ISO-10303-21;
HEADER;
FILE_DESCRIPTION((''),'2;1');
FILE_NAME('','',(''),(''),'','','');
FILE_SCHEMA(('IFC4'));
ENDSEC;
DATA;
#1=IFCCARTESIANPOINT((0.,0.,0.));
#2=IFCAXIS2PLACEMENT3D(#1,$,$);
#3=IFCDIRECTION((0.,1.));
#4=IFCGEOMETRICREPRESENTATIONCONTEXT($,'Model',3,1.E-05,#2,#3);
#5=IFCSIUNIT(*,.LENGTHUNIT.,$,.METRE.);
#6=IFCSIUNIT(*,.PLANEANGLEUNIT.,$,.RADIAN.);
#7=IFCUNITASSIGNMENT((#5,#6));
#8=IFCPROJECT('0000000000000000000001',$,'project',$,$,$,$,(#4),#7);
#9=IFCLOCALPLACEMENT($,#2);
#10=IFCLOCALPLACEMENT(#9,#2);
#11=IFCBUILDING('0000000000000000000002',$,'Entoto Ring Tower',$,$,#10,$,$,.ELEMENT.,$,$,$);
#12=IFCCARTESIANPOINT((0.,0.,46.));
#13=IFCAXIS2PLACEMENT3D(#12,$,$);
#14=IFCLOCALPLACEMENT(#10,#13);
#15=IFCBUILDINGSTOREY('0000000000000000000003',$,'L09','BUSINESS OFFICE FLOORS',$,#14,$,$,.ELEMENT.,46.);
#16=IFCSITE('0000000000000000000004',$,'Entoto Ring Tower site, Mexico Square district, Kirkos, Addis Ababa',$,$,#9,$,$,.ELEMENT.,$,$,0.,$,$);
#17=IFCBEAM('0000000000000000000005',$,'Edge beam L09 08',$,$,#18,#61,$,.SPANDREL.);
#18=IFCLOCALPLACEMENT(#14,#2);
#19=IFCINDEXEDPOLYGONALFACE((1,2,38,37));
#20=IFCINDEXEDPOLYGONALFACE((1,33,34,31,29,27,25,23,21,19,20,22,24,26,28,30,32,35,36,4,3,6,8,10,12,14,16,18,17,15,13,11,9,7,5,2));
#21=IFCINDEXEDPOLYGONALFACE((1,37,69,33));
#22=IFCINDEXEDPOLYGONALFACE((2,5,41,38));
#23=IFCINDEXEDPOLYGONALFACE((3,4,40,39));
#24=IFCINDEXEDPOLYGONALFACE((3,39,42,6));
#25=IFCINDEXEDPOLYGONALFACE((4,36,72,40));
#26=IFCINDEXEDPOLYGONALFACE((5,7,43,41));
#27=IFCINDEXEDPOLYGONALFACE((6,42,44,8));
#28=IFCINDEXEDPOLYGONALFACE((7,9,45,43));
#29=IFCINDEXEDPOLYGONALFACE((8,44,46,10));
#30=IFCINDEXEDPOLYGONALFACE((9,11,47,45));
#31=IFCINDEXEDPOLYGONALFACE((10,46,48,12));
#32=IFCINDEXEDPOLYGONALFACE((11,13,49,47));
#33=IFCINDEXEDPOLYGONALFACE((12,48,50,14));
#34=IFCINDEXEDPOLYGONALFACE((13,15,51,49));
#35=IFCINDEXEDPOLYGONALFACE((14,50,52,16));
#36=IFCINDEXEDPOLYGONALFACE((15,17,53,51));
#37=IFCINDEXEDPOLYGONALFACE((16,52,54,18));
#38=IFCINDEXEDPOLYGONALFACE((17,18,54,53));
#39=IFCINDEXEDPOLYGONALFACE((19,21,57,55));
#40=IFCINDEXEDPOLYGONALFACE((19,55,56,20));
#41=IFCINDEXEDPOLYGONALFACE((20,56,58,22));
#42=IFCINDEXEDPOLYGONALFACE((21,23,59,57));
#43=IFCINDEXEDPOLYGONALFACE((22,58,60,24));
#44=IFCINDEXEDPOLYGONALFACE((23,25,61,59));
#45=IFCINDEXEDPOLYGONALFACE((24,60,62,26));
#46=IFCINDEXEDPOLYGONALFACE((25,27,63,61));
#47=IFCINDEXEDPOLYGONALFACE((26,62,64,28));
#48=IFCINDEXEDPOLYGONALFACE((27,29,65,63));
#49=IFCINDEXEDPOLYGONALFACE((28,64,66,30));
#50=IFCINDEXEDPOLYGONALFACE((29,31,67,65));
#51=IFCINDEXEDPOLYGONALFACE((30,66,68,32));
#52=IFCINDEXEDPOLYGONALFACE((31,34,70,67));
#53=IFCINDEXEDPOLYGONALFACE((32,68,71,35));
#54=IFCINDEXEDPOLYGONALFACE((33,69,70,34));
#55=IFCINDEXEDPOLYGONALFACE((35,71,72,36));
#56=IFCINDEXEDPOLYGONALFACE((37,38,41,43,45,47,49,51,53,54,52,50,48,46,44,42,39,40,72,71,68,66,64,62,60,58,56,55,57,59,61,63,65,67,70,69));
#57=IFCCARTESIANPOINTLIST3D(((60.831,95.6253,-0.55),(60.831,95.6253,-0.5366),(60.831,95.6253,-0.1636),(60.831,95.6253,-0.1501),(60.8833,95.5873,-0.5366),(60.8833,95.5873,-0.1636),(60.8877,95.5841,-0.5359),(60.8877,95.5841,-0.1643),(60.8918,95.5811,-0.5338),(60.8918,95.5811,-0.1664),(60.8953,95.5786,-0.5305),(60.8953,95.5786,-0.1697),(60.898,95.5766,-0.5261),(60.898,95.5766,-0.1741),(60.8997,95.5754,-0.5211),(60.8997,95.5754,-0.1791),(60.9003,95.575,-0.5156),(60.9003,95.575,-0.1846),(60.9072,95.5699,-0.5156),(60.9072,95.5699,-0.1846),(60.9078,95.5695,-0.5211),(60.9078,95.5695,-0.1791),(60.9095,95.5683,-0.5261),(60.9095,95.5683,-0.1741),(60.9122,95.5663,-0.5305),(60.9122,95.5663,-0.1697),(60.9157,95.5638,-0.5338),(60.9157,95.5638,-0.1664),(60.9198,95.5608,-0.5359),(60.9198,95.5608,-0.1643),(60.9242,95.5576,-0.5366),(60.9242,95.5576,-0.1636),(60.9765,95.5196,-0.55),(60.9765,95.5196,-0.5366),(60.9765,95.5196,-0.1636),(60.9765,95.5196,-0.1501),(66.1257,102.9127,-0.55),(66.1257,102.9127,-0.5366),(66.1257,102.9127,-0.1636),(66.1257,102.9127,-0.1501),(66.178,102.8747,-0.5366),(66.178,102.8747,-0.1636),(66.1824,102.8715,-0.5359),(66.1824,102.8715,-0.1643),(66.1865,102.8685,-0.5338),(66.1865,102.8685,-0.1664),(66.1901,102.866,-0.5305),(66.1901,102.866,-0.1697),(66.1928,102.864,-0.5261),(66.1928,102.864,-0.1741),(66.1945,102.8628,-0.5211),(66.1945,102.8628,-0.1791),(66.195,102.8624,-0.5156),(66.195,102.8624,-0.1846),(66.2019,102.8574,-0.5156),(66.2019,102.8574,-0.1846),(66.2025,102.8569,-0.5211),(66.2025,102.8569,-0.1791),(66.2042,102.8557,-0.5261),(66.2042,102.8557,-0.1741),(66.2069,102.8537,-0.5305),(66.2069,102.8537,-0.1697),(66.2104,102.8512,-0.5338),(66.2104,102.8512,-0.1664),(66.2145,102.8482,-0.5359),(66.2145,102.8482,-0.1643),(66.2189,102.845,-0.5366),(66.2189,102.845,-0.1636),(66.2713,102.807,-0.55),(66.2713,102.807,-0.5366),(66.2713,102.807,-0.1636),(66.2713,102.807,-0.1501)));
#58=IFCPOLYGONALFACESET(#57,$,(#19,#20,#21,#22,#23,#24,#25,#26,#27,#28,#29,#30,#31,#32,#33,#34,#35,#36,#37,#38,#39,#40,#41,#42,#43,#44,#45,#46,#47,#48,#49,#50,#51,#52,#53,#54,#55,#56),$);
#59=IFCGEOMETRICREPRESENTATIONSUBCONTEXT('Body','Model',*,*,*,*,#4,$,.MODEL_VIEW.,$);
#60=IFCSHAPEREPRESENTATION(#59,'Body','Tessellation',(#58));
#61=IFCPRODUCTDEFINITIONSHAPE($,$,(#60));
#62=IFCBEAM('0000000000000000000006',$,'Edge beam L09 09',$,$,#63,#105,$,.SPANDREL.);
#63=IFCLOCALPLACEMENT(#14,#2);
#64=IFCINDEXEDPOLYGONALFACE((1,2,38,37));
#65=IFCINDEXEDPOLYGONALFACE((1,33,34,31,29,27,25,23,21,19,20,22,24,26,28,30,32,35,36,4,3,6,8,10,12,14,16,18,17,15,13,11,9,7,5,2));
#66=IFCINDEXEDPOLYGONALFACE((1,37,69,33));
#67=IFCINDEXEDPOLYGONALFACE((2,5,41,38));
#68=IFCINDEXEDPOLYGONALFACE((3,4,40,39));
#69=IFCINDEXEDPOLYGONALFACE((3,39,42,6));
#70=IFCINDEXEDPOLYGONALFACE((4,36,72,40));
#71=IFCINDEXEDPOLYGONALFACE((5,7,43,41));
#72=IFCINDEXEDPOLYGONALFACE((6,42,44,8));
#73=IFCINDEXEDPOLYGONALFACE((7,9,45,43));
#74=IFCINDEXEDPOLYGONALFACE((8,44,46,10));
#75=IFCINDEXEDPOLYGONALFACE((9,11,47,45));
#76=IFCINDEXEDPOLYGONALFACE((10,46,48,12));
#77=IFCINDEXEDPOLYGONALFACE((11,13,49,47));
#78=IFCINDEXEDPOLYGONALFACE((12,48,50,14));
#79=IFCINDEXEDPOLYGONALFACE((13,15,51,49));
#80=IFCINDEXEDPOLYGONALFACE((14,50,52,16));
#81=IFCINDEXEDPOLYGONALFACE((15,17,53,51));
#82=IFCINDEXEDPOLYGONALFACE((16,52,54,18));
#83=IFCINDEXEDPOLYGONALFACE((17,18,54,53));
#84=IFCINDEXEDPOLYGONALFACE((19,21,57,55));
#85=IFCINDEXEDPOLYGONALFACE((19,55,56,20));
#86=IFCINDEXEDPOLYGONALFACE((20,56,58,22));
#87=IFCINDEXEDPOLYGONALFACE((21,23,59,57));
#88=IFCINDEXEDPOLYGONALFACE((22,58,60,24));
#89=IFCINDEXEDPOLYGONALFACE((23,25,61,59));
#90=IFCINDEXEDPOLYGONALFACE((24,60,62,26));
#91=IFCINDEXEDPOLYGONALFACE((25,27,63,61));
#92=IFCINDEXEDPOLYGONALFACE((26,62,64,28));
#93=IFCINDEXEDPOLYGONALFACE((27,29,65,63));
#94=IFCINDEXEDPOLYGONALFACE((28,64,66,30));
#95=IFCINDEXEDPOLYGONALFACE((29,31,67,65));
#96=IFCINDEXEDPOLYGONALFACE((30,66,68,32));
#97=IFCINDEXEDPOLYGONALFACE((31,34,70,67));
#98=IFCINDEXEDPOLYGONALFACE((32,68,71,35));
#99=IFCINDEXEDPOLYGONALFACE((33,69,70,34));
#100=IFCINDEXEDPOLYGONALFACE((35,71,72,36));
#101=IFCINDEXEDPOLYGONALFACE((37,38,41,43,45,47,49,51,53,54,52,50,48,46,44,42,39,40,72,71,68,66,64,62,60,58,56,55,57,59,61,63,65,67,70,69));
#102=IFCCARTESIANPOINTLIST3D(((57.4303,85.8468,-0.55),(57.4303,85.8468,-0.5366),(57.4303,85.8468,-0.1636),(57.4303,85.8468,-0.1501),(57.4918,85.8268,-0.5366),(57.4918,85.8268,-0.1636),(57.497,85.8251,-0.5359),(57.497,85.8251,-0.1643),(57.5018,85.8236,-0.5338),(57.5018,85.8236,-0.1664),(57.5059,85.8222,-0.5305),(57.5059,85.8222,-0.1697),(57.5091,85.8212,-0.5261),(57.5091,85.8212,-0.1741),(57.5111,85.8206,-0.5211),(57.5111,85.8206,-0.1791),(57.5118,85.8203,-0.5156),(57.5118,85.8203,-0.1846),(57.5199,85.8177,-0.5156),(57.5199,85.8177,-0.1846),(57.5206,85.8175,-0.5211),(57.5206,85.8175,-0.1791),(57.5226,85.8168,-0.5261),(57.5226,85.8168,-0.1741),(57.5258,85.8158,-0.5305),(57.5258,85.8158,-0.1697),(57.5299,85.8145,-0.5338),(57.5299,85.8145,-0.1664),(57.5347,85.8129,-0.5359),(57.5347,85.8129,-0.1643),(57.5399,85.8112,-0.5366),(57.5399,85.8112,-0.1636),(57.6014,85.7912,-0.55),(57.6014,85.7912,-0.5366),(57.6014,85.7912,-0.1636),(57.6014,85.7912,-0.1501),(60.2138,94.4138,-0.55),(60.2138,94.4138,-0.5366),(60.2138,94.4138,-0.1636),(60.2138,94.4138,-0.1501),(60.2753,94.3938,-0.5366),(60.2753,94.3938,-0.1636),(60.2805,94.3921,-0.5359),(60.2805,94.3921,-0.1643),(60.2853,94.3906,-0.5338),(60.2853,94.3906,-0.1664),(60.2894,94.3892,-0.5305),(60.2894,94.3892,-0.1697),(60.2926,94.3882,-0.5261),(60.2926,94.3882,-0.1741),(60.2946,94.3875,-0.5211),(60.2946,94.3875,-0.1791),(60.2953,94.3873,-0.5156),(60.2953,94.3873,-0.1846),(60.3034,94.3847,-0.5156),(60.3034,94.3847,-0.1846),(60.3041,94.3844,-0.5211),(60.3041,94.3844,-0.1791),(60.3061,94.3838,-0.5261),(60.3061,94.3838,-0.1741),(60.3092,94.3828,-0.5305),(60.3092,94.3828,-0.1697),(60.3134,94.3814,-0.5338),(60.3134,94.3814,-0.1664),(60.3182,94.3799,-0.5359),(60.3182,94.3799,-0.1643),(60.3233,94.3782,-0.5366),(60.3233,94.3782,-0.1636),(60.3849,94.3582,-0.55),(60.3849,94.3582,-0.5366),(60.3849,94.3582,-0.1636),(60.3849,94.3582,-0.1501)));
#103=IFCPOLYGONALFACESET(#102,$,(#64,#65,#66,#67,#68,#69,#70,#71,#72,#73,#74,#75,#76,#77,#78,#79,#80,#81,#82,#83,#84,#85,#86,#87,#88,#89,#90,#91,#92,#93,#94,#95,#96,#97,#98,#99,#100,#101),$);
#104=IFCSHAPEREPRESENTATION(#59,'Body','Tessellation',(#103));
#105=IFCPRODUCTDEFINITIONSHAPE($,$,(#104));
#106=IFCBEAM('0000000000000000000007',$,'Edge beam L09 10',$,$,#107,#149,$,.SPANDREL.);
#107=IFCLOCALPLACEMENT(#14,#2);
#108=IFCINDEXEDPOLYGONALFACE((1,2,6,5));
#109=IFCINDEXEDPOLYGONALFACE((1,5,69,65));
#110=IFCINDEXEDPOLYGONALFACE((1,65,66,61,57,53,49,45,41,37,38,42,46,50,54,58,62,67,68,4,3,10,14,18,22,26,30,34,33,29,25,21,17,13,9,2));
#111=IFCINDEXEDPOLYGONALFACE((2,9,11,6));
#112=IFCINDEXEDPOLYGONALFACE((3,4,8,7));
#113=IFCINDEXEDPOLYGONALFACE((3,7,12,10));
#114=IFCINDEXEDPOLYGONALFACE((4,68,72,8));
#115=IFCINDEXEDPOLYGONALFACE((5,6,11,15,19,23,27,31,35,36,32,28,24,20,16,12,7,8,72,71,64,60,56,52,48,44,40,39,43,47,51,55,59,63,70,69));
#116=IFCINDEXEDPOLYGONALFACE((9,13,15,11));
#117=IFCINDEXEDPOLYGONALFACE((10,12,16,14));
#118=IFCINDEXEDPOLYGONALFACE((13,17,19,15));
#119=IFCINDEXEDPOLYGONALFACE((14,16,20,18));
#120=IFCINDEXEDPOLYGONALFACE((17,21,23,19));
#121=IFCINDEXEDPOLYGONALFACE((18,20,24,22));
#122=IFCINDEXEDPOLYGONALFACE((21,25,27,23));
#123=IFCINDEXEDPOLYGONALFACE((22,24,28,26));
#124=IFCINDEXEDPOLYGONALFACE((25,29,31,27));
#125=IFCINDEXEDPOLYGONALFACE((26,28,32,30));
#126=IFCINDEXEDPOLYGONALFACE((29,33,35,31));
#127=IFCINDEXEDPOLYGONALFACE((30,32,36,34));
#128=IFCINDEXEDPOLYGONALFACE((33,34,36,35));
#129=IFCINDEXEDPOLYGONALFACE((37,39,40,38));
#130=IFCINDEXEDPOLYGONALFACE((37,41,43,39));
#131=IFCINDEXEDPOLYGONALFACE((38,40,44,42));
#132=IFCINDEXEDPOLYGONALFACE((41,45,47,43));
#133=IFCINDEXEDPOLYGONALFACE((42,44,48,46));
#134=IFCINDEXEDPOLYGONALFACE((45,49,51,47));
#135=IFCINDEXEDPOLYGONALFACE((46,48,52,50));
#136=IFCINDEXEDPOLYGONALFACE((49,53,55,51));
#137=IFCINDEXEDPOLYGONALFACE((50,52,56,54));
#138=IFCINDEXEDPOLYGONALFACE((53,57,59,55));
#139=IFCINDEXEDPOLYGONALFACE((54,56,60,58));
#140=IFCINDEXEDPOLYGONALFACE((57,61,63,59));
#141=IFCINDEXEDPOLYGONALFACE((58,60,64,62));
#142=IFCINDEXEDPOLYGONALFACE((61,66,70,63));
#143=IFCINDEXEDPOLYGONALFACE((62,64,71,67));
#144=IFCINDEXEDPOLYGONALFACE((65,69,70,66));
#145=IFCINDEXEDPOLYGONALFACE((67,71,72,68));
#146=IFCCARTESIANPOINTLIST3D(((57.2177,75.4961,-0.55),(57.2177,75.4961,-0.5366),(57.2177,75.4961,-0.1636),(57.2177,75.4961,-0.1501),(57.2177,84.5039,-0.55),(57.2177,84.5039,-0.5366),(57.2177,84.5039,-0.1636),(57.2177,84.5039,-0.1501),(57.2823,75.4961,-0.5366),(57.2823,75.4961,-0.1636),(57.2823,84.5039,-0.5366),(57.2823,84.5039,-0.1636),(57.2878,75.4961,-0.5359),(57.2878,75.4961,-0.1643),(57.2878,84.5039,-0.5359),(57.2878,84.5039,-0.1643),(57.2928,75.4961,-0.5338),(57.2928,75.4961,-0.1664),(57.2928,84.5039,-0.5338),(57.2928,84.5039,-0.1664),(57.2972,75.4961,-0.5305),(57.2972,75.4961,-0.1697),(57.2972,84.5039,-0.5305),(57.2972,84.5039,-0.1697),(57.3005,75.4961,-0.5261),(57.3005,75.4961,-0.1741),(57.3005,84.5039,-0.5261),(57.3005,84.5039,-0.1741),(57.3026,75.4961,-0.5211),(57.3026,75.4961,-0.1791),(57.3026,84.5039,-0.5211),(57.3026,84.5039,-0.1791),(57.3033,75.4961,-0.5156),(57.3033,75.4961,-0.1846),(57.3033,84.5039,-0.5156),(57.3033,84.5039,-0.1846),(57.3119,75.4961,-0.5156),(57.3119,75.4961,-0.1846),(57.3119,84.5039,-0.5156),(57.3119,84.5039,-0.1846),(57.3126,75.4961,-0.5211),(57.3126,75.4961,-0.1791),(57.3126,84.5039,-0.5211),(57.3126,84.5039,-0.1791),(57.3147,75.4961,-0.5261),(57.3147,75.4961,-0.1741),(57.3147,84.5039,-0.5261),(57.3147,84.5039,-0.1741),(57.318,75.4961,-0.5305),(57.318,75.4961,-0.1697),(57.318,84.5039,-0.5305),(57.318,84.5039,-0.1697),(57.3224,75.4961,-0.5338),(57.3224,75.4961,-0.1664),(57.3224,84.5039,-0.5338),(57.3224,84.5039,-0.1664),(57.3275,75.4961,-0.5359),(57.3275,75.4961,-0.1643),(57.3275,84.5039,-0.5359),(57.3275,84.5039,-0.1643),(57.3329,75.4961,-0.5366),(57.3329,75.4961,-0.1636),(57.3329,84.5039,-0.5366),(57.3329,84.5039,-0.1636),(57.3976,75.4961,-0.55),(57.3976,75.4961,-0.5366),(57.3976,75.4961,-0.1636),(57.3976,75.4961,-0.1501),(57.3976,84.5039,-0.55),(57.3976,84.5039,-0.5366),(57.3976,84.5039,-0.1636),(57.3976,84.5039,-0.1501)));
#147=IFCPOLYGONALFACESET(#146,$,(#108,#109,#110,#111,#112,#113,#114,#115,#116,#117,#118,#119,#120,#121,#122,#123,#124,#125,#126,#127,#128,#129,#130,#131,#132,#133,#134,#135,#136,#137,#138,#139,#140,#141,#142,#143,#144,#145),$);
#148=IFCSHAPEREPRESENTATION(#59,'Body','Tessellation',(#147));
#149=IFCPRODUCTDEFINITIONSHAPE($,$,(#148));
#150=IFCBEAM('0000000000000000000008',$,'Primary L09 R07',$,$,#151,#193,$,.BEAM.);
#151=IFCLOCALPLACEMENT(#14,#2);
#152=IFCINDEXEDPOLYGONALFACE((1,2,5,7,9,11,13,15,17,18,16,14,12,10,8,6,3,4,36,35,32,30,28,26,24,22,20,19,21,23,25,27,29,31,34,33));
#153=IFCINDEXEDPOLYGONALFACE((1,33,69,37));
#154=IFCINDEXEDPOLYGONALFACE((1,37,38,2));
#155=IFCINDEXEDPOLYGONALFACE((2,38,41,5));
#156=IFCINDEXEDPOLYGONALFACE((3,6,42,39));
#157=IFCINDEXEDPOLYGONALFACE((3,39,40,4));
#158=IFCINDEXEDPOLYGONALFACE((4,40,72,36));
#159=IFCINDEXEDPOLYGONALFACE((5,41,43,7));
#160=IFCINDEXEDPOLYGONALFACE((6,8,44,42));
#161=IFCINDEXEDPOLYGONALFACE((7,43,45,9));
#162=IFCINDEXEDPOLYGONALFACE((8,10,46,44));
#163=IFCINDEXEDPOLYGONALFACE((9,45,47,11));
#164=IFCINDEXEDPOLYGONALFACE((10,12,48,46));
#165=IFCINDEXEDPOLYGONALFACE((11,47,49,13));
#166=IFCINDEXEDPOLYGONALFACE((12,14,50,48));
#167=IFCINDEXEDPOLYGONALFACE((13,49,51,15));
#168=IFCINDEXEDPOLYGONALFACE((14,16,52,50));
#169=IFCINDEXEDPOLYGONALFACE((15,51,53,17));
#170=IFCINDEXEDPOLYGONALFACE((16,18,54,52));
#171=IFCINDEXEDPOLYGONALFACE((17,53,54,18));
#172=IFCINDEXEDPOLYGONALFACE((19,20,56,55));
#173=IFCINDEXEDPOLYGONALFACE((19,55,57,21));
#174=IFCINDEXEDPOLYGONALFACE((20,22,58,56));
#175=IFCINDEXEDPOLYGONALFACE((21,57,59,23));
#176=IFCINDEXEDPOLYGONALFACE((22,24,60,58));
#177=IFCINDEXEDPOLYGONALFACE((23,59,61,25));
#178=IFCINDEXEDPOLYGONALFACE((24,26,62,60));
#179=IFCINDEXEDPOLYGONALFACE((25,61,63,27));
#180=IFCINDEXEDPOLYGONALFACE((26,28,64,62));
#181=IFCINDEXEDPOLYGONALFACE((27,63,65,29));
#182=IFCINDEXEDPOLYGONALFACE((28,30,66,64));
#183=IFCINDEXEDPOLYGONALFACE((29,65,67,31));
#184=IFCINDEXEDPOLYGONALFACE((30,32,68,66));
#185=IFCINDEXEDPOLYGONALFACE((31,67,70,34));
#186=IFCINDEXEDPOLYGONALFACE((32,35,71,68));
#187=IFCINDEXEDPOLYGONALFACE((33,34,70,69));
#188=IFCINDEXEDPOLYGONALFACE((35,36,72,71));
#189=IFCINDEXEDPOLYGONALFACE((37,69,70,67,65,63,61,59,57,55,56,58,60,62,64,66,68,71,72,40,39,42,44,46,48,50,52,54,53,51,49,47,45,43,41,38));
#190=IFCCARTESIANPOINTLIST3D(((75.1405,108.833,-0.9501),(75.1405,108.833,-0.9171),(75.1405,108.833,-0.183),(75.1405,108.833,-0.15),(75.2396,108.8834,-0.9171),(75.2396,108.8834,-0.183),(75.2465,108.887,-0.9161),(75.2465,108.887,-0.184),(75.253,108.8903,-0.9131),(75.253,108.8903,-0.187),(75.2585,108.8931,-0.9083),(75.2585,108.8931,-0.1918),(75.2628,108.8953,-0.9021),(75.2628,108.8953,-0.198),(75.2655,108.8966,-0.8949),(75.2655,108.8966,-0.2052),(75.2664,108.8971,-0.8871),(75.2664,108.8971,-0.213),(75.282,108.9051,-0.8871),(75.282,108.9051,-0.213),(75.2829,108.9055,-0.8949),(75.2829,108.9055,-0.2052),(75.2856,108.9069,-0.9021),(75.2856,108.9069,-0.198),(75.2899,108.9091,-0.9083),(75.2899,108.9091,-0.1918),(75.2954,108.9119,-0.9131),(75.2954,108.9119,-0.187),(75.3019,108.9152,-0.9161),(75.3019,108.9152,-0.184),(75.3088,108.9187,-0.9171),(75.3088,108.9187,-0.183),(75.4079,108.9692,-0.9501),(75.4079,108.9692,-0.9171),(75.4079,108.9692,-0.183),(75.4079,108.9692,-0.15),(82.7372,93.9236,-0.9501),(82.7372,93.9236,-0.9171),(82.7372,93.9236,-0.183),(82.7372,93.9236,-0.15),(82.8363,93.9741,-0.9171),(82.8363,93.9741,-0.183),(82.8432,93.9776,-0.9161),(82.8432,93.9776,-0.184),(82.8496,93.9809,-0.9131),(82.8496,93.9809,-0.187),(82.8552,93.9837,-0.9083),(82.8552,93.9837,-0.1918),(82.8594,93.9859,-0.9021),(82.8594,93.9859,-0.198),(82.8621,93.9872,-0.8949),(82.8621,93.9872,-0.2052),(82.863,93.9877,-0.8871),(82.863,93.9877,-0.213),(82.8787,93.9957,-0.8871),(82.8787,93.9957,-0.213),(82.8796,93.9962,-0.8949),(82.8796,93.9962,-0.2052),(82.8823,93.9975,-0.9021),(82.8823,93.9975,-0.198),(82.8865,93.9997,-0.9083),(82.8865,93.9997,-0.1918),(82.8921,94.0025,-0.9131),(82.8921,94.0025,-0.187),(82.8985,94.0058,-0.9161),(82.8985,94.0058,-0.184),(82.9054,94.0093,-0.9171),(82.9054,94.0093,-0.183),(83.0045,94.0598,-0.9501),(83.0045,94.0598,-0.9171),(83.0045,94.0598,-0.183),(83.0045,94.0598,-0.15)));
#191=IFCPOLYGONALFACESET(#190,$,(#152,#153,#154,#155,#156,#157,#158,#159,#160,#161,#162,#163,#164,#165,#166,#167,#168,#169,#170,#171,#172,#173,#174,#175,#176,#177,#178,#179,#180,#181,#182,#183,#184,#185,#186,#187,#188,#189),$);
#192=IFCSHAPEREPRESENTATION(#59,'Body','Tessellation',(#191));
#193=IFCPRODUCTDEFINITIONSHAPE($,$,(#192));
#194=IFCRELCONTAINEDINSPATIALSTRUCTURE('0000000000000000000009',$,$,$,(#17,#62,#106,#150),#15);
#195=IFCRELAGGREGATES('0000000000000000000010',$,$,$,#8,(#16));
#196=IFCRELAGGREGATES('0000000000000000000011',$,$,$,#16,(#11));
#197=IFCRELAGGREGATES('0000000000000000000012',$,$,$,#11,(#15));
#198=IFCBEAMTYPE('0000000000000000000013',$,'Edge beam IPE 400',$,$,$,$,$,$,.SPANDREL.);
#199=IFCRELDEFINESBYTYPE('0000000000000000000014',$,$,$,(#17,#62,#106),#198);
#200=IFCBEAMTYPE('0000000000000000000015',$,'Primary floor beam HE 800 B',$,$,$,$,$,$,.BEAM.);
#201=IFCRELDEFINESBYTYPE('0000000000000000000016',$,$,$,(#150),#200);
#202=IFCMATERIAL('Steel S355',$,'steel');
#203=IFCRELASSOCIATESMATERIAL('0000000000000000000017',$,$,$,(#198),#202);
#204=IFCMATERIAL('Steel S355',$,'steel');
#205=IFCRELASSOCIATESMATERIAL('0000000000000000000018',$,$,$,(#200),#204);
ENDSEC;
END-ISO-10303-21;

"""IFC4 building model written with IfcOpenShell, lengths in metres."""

from ifc_helpers import new_model, si_unit, direction, frame, origin, origin_2d, place, context, subcontext, project, spatial, i_section, extrude, material, material_profile, profile_set, type_object, element, save


model = new_model("IFC4")

# Units and contexts
model_context = context("Model", 3, precision=1e-05, world=origin(), true_north=direction((0.0, 1.0)))
body_context = subcontext(model_context, "Body", "Model", "MODEL_VIEW")
ifc_project = project(units=[si_unit("LENGTHUNIT", "METRE"), si_unit("PLANEANGLEUNIT", "RADIAN")], contexts=[model_context])

# Site, building, storey
site_placement = place(None, origin())
site = spatial("IfcSite", under=ifc_project, at=site_placement, Name="Entoto Ring Tower site, Mexico Square district, Kirkos, Addis Ababa", CompositionType="ELEMENT", RefElevation=0.0)
building_placement = place(site_placement, origin())
building = spatial("IfcBuilding", under=site, at=building_placement, Name="Entoto Ring Tower", CompositionType="ELEMENT")
storey_placement = place(building_placement, frame((0.0, 0.0, 46.0)))
storey = spatial("IfcBuildingStorey", under=building, at=storey_placement, Name="L09", Description="BUSINESS OFFICE FLOORS", CompositionType="ELEMENT", Elevation=46.0)

# Beams
ifc_material_1 = material(Name="Steel S355", Category="steel")
ifc_material_profile_1 = material_profile(ifc_material_1, i_section(OverallWidth=0.1799, OverallDepth=0.3999, WebThickness=0.0085, FlangeThickness=0.0134, FilletRadius=0.021, at=origin_2d()), Name="IPE 400")
ifc_profile_set_1 = profile_set([ifc_material_profile_1], Name="Steel S355")
beam_type_1 = type_object("IfcBeamType", Name="Edge beam IPE 400", PredefinedType="SPANDREL", material=ifc_profile_set_1)
for number, where, z_axis, x_axis, name in (
    (1, (66.1985, 102.8599, -0.3501), (-0.587793, -0.809011, 0.0), (0.809011, -0.587793, 0.0), "Edge beam L09 08"),
    (2, (60.2993, 94.386, -0.3501), (-0.309006, -0.95106, 0.0), (0.95106, -0.309006, 0.0), "Edge beam L09 09"),
    (3, (57.3076, 84.5039, -0.3501), (0.0, -1.0, 0.0), (1.0, 0.0, 0.0), "Edge beam L09 10"),
):
    element("IfcBeam", number, at=place(storey_placement, frame(where, z_axis=z_axis, x_axis=x_axis)), inside=storey, type_object=beam_type_1, Name=name, PredefinedType="SPANDREL", context=body_context, shape_type="SweptSolid", body=[
        extrude(i_section(OverallWidth=0.1799, OverallDepth=0.3999, WebThickness=0.0085, FlangeThickness=0.0134, FilletRadius=0.021, at=origin_2d()), origin(), (0.0, 0.0, 1.0), 9.0078),
    ])
ifc_material_2 = material(Name="Steel S355", Category="steel")
ifc_material_profile_2 = material_profile(ifc_material_2, i_section(OverallWidth=0.3, OverallDepth=0.8, WebThickness=0.0176, FlangeThickness=0.033, FilletRadius=0.03, at=origin_2d()), Name="HE 800 B")
ifc_profile_set_2 = profile_set([ifc_material_profile_2], Name="Steel S355")
beam_type_2 = type_object("IfcBeamType", Name="Primary floor beam HE 800 B", PredefinedType="BEAM", material=ifc_profile_set_2)
beam_1_placement = place(storey_placement, frame((82.8708, 93.9917, -0.55), z_axis=(-0.453988, 0.891008, 0.0), x_axis=(-0.891008, -0.453988, 0.0)))
element("IfcBeam", 4, at=beam_1_placement, inside=storey, type_object=beam_type_2, Name="Primary L09 R07", PredefinedType="BEAM", context=body_context, shape_type="SweptSolid", body=[
    extrude(i_section(OverallWidth=0.3, OverallDepth=0.8, WebThickness=0.0176, FlangeThickness=0.033, FilletRadius=0.03, at=origin_2d()), origin(), (0.0, 0.0, 1.0), 16.7332),
])

save(model, "model.ifc")
